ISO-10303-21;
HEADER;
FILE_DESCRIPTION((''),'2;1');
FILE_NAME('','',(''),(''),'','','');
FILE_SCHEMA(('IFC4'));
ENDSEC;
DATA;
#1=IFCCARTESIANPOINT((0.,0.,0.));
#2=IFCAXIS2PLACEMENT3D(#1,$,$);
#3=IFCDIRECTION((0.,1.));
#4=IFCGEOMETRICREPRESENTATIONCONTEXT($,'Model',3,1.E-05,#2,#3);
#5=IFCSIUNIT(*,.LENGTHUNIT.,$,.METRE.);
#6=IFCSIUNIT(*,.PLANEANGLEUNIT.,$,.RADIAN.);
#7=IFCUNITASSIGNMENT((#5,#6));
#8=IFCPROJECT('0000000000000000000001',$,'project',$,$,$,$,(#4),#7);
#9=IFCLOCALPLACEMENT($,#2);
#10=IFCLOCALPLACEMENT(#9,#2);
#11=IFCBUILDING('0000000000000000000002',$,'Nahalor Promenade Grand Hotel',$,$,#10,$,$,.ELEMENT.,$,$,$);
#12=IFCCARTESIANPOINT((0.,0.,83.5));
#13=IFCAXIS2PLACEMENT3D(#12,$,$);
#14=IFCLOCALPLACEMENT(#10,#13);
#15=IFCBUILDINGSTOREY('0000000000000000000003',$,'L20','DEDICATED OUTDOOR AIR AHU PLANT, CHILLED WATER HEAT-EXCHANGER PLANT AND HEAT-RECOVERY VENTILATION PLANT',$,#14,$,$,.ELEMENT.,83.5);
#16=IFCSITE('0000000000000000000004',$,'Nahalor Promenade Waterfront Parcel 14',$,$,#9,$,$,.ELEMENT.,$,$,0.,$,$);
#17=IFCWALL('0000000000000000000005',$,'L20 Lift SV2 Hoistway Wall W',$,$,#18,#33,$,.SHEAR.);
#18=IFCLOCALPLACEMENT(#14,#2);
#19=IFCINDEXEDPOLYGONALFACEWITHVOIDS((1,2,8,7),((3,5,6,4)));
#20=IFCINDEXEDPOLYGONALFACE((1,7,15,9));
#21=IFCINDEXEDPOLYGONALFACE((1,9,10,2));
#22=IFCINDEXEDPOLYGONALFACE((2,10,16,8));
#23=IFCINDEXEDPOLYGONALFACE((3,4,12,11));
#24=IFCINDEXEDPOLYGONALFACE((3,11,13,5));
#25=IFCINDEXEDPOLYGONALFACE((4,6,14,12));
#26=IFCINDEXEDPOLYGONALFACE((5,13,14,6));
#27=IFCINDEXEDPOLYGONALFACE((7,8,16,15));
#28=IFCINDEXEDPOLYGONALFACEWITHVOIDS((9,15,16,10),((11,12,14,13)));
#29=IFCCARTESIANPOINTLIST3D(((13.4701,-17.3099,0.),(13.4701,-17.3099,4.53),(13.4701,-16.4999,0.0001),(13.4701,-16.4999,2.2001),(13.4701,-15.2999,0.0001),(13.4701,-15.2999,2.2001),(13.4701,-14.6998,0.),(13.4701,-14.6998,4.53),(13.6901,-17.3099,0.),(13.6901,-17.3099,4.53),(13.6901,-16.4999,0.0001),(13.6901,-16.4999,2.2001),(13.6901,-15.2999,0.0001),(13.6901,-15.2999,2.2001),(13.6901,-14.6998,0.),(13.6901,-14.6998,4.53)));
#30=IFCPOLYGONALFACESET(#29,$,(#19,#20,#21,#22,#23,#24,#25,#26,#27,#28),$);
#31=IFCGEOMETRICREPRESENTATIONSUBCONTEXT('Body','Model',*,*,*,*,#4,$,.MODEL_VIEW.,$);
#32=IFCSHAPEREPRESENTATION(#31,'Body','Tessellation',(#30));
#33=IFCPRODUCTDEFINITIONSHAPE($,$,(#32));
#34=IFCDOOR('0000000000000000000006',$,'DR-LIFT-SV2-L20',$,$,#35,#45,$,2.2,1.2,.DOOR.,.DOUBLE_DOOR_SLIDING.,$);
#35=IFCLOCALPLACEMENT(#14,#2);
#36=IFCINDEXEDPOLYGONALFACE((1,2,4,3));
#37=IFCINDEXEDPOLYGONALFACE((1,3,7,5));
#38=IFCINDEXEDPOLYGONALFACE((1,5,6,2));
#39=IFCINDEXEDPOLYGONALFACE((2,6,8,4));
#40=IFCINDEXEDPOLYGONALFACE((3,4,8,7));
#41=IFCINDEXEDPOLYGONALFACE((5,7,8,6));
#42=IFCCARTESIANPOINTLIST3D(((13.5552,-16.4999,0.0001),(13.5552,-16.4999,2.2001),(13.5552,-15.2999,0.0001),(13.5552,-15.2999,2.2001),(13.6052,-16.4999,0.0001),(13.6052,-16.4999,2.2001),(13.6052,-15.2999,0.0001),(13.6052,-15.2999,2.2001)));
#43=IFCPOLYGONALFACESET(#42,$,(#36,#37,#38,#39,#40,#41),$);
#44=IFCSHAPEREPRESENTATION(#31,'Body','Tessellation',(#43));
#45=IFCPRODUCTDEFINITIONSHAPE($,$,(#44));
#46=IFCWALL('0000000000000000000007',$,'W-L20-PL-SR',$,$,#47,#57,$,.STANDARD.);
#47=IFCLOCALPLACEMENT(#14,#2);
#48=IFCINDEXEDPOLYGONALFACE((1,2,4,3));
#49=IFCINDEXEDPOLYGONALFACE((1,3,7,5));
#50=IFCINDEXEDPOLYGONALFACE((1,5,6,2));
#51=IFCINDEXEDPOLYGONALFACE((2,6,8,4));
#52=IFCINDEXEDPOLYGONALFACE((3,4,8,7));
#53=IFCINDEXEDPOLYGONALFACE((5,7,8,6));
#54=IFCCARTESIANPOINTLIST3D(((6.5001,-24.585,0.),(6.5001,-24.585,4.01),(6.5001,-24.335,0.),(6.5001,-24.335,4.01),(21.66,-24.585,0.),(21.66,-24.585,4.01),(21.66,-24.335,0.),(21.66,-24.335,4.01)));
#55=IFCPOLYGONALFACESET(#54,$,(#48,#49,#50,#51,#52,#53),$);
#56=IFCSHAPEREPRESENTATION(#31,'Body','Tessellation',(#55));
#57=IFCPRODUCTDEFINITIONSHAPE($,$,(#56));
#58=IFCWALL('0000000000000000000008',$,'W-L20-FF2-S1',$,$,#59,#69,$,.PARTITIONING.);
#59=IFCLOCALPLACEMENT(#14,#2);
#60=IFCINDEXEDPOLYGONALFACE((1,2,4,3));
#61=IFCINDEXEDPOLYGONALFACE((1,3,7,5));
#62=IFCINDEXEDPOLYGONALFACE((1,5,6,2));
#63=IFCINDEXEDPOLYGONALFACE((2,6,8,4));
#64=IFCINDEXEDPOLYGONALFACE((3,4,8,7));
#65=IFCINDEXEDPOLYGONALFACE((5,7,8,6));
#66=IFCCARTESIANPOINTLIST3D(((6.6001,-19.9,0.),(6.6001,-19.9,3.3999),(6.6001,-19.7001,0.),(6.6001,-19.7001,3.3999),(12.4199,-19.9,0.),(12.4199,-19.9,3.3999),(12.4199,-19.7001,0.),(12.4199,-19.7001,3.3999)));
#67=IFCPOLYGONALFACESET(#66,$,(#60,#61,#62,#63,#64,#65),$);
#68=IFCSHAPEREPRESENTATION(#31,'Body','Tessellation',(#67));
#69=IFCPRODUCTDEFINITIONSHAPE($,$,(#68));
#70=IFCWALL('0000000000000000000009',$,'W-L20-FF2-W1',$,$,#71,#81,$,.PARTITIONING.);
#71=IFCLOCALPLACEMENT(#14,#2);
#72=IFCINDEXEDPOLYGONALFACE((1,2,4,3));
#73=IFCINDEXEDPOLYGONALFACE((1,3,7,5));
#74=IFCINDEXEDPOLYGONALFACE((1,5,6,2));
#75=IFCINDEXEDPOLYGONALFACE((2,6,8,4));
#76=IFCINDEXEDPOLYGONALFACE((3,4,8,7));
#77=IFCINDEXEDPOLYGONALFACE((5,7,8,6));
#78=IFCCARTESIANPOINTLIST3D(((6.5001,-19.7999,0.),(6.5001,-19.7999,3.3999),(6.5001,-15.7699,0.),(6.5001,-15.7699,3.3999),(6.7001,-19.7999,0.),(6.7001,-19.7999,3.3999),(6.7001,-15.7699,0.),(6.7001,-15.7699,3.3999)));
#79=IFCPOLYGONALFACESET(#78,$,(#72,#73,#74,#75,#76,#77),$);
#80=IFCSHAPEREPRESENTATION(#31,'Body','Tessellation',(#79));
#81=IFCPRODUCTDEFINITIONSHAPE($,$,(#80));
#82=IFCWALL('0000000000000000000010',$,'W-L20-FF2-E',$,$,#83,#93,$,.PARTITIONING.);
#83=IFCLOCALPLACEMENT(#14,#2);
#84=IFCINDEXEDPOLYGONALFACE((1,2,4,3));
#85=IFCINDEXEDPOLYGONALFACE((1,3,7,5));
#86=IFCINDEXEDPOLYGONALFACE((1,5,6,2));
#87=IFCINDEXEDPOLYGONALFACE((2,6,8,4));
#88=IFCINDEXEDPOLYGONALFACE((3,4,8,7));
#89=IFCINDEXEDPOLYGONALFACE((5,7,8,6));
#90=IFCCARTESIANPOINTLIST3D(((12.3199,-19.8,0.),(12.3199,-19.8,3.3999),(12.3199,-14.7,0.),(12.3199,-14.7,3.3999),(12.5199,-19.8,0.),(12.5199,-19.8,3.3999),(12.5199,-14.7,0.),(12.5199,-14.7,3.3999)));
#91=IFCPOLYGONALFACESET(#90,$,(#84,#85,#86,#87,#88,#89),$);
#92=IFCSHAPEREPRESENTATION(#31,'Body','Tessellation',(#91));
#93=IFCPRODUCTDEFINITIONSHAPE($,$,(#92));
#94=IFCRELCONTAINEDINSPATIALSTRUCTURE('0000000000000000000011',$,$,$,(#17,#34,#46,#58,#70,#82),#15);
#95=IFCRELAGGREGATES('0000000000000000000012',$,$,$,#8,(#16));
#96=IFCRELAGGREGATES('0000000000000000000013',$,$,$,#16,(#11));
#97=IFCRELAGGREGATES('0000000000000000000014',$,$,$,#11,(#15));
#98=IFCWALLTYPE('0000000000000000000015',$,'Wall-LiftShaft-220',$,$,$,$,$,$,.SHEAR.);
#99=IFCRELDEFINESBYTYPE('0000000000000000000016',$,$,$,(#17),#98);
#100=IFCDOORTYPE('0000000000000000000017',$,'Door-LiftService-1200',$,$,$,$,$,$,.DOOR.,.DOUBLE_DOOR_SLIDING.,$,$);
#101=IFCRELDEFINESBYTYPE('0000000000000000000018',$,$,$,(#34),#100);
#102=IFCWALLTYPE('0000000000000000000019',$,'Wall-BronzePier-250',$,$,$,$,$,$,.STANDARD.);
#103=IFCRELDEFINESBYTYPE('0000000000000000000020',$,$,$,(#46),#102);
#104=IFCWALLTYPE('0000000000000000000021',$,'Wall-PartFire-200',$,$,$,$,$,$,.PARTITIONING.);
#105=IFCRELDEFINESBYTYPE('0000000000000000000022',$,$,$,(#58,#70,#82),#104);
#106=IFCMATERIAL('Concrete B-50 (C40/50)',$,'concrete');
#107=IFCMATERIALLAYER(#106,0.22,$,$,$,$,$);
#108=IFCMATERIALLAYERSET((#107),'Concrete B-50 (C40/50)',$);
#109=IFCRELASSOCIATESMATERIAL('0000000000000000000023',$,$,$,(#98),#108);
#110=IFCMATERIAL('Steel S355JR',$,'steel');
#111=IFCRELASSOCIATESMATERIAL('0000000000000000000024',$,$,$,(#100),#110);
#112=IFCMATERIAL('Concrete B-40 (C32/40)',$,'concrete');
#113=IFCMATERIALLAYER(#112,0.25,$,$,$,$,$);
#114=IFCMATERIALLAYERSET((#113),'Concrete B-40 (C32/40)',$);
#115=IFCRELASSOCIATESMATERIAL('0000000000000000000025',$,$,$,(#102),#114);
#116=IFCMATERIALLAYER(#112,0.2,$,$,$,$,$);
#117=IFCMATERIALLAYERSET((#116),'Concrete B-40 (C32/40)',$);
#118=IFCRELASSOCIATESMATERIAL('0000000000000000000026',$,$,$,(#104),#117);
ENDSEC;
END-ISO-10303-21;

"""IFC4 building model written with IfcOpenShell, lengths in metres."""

from ifc_helpers import new_model, si_unit, direction, frame, frame_2d, origin, place, context, subcontext, project, spatial, rectangle, extrude, source, transform, mapped, material, layer, layer_set, type_object, element, fill, save


model = new_model("IFC4")

# Units and contexts
model_context = context("Model", 3, precision=1e-05, world=origin(), true_north=direction((0.0, 1.0)))
body_context = subcontext(model_context, "Body", "Model", "MODEL_VIEW")
ifc_project = project(units=[si_unit("LENGTHUNIT", "METRE"), si_unit("PLANEANGLEUNIT", "RADIAN")], contexts=[model_context])

# Site, building, storey
site_placement = place(None, origin())
site = spatial("IfcSite", under=ifc_project, at=site_placement, Name="Nahalor Promenade Waterfront Parcel 14", CompositionType="ELEMENT", RefElevation=0.0)
building_placement = place(site_placement, origin())
building = spatial("IfcBuilding", under=site, at=building_placement, Name="Nahalor Promenade Grand Hotel", CompositionType="ELEMENT")
storey_placement = place(building_placement, frame((0.0, 0.0, 83.5)))
storey = spatial("IfcBuildingStorey", under=building, at=storey_placement, Name="L20", Description="DEDICATED OUTDOOR AIR AHU PLANT, CHILLED WATER HEAT-EXCHANGER PLANT AND HEAT-RECOVERY VENTILATION PLANT", CompositionType="ELEMENT", Elevation=83.5)

# Shared definitions
ifc_material_1 = material(Name="Steel S355JR", Category="steel")

# Shared definitions
ifc_material_2 = material(Name="Concrete B-50 (C40/50)", Category="concrete")

# Shared definitions
ifc_layer_1 = layer(ifc_material_2, 0.22)
ifc_layer_set_1 = layer_set([ifc_layer_1], Name="Concrete B-50 (C40/50)")
wall_type_1 = type_object("IfcWallType", Name="Wall-LiftShaft-220", PredefinedType="SHEAR", material=ifc_layer_set_1)

# Wall, opening, door
shared_shape_1 = source(origin(), body_context, "Body", "SweptSolid", [
    extrude(rectangle(XDim=2.6101, YDim=0.22, at=frame_2d((1.3052, 0.0))), origin(), (0.0, 0.0, 1.0), 4.53),
])
wall_1_placement = place(storey_placement, frame((13.5801, -17.3101, 0.0), z_axis=(0.0, 0.0, 1.0), x_axis=(0.0, 1.0, 0.0)))
wall_1 = element("IfcWall", 1, at=wall_1_placement, inside=storey, type_object=wall_type_1, Name="L20 Lift SV2 Hoistway Wall W", PredefinedType="SHEAR", context=body_context, shape_type="MappedRepresentation", body=[
    mapped(shared_shape_1, transform((0.0, 0.0, 0.0), scale=1.0)),
])
opening_1_placement = place(wall_1_placement, frame((0.8101, 0.0, 0.0)))
opening_1 = element("IfcOpeningElement", 2, at=opening_1_placement, cuts=wall_1, PredefinedType="OPENING", context=body_context, shape_type="SweptSolid", body=[
    extrude(rectangle(XDim=1.2, YDim=2.2, at=frame_2d((0.6001, 1.1001))), frame((0.0, 0.1199, 0.0), z_axis=(0.0, -1.0, 0.0), x_axis=(1.0, 0.0, 0.0)), (0.0, 0.0, 1.0), 0.24),
])
door_type_1 = type_object("IfcDoorType", Name="Door-LiftService-1200", OperationType="DOUBLE_DOOR_SLIDING", PredefinedType="DOOR", material=ifc_material_1)
shared_shape_2 = source(origin(), body_context, "Body", "SweptSolid", [
    extrude(rectangle(XDim=1.2, YDim=2.2, at=frame_2d((0.6001, 1.1001))), frame((0.0, 0.0249, 0.0), z_axis=(0.0, -1.0, 0.0), x_axis=(1.0, 0.0, 0.0)), (0.0, 0.0, 1.0), 0.05),
])
door_1_placement = place(opening_1_placement, origin())
door_1 = element("IfcDoor", 3, at=door_1_placement, inside=storey, type_object=door_type_1, Name="DR-LIFT-SV2-L20", OperationType="DOUBLE_DOOR_SLIDING", OverallHeight=2.2, OverallWidth=1.2, PredefinedType="DOOR", context=body_context, shape_type="MappedRepresentation", body=[
    mapped(shared_shape_2, transform((0.0, 0.0, 0.0), scale=1.0)),
])
fill(opening_1, door_1)

# Walls
ifc_material_3 = material(Name="Concrete B-40 (C32/40)", Category="concrete")
ifc_layer_2 = layer(ifc_material_3, 0.25)
ifc_layer_set_2 = layer_set([ifc_layer_2], Name="Concrete B-40 (C32/40)")
wall_type_2 = type_object("IfcWallType", Name="Wall-BronzePier-250", PredefinedType="STANDARD", material=ifc_layer_set_2)
shared_shape_3 = source(origin(), body_context, "Body", "SweptSolid", [
    extrude(rectangle(XDim=15.1599, YDim=0.25, at=frame_2d((7.5801, 0.0))), origin(), (0.0, 0.0, 1.0), 4.01),
])
wall_2_placement = place(storey_placement, frame((6.5, -24.46, 0.0), z_axis=(0.0, 0.0, 1.0), x_axis=(1.0, 0.0, 0.0)))
element("IfcWall", 4, at=wall_2_placement, inside=storey, type_object=wall_type_2, Name="W-L20-PL-SR", PredefinedType="STANDARD", context=body_context, shape_type="MappedRepresentation", body=[
    mapped(shared_shape_3, transform((0.0, 0.0, 0.0), scale=1.0)),
])
ifc_layer_3 = layer(ifc_material_3, 0.2)
ifc_layer_set_3 = layer_set([ifc_layer_3], Name="Concrete B-40 (C32/40)")
wall_type_3 = type_object("IfcWallType", Name="Wall-PartFire-200", PredefinedType="PARTITIONING", material=ifc_layer_set_3)
shared_shape_4 = source(origin(), body_context, "Body", "SweptSolid", [
    extrude(rectangle(XDim=5.8198, YDim=0.2, at=frame_2d((2.9099, 0.0))), origin(), (0.0, 0.0, 1.0), 3.3999),
])
wall_3_placement = place(storey_placement, frame((6.6001, -19.8, 0.0), z_axis=(0.0, 0.0, 1.0), x_axis=(1.0, 0.0, 0.0)))
element("IfcWall", 5, at=wall_3_placement, inside=storey, type_object=wall_type_3, Name="W-L20-FF2-S1", PredefinedType="PARTITIONING", context=body_context, shape_type="MappedRepresentation", body=[
    mapped(shared_shape_4, transform((0.0, 0.0, 0.0), scale=1.0)),
])
shared_shape_5 = source(origin(), body_context, "Body", "SweptSolid", [
    extrude(rectangle(XDim=4.03, YDim=0.2, at=frame_2d((2.0151, 0.0))), origin(), (0.0, 0.0, 1.0), 3.3999),
])
wall_4_placement = place(storey_placement, frame((6.6001, -19.8, 0.0), z_axis=(0.0, 0.0, 1.0), x_axis=(0.0, 1.0, 0.0)))
element("IfcWall", 6, at=wall_4_placement, inside=storey, type_object=wall_type_3, Name="W-L20-FF2-W1", PredefinedType="PARTITIONING", context=body_context, shape_type="MappedRepresentation", body=[
    mapped(shared_shape_5, transform((0.0, 0.0, 0.0), scale=1.0)),
])
shared_shape_6 = source(origin(), body_context, "Body", "SweptSolid", [
    extrude(rectangle(XDim=5.1001, YDim=0.2, at=frame_2d((2.55, 0.0))), origin(), (0.0, 0.0, 1.0), 3.3999),
])
wall_5_placement = place(storey_placement, frame((12.4199, -19.8, 0.0), z_axis=(0.0, 0.0, 1.0), x_axis=(0.0, 1.0, 0.0)))
element("IfcWall", 7, at=wall_5_placement, inside=storey, type_object=wall_type_3, Name="W-L20-FF2-E", PredefinedType="PARTITIONING", context=body_context, shape_type="MappedRepresentation", body=[
    mapped(shared_shape_6, transform((0.0, 0.0, 0.0), scale=1.0)),
])

save(model, "model.ifc")
